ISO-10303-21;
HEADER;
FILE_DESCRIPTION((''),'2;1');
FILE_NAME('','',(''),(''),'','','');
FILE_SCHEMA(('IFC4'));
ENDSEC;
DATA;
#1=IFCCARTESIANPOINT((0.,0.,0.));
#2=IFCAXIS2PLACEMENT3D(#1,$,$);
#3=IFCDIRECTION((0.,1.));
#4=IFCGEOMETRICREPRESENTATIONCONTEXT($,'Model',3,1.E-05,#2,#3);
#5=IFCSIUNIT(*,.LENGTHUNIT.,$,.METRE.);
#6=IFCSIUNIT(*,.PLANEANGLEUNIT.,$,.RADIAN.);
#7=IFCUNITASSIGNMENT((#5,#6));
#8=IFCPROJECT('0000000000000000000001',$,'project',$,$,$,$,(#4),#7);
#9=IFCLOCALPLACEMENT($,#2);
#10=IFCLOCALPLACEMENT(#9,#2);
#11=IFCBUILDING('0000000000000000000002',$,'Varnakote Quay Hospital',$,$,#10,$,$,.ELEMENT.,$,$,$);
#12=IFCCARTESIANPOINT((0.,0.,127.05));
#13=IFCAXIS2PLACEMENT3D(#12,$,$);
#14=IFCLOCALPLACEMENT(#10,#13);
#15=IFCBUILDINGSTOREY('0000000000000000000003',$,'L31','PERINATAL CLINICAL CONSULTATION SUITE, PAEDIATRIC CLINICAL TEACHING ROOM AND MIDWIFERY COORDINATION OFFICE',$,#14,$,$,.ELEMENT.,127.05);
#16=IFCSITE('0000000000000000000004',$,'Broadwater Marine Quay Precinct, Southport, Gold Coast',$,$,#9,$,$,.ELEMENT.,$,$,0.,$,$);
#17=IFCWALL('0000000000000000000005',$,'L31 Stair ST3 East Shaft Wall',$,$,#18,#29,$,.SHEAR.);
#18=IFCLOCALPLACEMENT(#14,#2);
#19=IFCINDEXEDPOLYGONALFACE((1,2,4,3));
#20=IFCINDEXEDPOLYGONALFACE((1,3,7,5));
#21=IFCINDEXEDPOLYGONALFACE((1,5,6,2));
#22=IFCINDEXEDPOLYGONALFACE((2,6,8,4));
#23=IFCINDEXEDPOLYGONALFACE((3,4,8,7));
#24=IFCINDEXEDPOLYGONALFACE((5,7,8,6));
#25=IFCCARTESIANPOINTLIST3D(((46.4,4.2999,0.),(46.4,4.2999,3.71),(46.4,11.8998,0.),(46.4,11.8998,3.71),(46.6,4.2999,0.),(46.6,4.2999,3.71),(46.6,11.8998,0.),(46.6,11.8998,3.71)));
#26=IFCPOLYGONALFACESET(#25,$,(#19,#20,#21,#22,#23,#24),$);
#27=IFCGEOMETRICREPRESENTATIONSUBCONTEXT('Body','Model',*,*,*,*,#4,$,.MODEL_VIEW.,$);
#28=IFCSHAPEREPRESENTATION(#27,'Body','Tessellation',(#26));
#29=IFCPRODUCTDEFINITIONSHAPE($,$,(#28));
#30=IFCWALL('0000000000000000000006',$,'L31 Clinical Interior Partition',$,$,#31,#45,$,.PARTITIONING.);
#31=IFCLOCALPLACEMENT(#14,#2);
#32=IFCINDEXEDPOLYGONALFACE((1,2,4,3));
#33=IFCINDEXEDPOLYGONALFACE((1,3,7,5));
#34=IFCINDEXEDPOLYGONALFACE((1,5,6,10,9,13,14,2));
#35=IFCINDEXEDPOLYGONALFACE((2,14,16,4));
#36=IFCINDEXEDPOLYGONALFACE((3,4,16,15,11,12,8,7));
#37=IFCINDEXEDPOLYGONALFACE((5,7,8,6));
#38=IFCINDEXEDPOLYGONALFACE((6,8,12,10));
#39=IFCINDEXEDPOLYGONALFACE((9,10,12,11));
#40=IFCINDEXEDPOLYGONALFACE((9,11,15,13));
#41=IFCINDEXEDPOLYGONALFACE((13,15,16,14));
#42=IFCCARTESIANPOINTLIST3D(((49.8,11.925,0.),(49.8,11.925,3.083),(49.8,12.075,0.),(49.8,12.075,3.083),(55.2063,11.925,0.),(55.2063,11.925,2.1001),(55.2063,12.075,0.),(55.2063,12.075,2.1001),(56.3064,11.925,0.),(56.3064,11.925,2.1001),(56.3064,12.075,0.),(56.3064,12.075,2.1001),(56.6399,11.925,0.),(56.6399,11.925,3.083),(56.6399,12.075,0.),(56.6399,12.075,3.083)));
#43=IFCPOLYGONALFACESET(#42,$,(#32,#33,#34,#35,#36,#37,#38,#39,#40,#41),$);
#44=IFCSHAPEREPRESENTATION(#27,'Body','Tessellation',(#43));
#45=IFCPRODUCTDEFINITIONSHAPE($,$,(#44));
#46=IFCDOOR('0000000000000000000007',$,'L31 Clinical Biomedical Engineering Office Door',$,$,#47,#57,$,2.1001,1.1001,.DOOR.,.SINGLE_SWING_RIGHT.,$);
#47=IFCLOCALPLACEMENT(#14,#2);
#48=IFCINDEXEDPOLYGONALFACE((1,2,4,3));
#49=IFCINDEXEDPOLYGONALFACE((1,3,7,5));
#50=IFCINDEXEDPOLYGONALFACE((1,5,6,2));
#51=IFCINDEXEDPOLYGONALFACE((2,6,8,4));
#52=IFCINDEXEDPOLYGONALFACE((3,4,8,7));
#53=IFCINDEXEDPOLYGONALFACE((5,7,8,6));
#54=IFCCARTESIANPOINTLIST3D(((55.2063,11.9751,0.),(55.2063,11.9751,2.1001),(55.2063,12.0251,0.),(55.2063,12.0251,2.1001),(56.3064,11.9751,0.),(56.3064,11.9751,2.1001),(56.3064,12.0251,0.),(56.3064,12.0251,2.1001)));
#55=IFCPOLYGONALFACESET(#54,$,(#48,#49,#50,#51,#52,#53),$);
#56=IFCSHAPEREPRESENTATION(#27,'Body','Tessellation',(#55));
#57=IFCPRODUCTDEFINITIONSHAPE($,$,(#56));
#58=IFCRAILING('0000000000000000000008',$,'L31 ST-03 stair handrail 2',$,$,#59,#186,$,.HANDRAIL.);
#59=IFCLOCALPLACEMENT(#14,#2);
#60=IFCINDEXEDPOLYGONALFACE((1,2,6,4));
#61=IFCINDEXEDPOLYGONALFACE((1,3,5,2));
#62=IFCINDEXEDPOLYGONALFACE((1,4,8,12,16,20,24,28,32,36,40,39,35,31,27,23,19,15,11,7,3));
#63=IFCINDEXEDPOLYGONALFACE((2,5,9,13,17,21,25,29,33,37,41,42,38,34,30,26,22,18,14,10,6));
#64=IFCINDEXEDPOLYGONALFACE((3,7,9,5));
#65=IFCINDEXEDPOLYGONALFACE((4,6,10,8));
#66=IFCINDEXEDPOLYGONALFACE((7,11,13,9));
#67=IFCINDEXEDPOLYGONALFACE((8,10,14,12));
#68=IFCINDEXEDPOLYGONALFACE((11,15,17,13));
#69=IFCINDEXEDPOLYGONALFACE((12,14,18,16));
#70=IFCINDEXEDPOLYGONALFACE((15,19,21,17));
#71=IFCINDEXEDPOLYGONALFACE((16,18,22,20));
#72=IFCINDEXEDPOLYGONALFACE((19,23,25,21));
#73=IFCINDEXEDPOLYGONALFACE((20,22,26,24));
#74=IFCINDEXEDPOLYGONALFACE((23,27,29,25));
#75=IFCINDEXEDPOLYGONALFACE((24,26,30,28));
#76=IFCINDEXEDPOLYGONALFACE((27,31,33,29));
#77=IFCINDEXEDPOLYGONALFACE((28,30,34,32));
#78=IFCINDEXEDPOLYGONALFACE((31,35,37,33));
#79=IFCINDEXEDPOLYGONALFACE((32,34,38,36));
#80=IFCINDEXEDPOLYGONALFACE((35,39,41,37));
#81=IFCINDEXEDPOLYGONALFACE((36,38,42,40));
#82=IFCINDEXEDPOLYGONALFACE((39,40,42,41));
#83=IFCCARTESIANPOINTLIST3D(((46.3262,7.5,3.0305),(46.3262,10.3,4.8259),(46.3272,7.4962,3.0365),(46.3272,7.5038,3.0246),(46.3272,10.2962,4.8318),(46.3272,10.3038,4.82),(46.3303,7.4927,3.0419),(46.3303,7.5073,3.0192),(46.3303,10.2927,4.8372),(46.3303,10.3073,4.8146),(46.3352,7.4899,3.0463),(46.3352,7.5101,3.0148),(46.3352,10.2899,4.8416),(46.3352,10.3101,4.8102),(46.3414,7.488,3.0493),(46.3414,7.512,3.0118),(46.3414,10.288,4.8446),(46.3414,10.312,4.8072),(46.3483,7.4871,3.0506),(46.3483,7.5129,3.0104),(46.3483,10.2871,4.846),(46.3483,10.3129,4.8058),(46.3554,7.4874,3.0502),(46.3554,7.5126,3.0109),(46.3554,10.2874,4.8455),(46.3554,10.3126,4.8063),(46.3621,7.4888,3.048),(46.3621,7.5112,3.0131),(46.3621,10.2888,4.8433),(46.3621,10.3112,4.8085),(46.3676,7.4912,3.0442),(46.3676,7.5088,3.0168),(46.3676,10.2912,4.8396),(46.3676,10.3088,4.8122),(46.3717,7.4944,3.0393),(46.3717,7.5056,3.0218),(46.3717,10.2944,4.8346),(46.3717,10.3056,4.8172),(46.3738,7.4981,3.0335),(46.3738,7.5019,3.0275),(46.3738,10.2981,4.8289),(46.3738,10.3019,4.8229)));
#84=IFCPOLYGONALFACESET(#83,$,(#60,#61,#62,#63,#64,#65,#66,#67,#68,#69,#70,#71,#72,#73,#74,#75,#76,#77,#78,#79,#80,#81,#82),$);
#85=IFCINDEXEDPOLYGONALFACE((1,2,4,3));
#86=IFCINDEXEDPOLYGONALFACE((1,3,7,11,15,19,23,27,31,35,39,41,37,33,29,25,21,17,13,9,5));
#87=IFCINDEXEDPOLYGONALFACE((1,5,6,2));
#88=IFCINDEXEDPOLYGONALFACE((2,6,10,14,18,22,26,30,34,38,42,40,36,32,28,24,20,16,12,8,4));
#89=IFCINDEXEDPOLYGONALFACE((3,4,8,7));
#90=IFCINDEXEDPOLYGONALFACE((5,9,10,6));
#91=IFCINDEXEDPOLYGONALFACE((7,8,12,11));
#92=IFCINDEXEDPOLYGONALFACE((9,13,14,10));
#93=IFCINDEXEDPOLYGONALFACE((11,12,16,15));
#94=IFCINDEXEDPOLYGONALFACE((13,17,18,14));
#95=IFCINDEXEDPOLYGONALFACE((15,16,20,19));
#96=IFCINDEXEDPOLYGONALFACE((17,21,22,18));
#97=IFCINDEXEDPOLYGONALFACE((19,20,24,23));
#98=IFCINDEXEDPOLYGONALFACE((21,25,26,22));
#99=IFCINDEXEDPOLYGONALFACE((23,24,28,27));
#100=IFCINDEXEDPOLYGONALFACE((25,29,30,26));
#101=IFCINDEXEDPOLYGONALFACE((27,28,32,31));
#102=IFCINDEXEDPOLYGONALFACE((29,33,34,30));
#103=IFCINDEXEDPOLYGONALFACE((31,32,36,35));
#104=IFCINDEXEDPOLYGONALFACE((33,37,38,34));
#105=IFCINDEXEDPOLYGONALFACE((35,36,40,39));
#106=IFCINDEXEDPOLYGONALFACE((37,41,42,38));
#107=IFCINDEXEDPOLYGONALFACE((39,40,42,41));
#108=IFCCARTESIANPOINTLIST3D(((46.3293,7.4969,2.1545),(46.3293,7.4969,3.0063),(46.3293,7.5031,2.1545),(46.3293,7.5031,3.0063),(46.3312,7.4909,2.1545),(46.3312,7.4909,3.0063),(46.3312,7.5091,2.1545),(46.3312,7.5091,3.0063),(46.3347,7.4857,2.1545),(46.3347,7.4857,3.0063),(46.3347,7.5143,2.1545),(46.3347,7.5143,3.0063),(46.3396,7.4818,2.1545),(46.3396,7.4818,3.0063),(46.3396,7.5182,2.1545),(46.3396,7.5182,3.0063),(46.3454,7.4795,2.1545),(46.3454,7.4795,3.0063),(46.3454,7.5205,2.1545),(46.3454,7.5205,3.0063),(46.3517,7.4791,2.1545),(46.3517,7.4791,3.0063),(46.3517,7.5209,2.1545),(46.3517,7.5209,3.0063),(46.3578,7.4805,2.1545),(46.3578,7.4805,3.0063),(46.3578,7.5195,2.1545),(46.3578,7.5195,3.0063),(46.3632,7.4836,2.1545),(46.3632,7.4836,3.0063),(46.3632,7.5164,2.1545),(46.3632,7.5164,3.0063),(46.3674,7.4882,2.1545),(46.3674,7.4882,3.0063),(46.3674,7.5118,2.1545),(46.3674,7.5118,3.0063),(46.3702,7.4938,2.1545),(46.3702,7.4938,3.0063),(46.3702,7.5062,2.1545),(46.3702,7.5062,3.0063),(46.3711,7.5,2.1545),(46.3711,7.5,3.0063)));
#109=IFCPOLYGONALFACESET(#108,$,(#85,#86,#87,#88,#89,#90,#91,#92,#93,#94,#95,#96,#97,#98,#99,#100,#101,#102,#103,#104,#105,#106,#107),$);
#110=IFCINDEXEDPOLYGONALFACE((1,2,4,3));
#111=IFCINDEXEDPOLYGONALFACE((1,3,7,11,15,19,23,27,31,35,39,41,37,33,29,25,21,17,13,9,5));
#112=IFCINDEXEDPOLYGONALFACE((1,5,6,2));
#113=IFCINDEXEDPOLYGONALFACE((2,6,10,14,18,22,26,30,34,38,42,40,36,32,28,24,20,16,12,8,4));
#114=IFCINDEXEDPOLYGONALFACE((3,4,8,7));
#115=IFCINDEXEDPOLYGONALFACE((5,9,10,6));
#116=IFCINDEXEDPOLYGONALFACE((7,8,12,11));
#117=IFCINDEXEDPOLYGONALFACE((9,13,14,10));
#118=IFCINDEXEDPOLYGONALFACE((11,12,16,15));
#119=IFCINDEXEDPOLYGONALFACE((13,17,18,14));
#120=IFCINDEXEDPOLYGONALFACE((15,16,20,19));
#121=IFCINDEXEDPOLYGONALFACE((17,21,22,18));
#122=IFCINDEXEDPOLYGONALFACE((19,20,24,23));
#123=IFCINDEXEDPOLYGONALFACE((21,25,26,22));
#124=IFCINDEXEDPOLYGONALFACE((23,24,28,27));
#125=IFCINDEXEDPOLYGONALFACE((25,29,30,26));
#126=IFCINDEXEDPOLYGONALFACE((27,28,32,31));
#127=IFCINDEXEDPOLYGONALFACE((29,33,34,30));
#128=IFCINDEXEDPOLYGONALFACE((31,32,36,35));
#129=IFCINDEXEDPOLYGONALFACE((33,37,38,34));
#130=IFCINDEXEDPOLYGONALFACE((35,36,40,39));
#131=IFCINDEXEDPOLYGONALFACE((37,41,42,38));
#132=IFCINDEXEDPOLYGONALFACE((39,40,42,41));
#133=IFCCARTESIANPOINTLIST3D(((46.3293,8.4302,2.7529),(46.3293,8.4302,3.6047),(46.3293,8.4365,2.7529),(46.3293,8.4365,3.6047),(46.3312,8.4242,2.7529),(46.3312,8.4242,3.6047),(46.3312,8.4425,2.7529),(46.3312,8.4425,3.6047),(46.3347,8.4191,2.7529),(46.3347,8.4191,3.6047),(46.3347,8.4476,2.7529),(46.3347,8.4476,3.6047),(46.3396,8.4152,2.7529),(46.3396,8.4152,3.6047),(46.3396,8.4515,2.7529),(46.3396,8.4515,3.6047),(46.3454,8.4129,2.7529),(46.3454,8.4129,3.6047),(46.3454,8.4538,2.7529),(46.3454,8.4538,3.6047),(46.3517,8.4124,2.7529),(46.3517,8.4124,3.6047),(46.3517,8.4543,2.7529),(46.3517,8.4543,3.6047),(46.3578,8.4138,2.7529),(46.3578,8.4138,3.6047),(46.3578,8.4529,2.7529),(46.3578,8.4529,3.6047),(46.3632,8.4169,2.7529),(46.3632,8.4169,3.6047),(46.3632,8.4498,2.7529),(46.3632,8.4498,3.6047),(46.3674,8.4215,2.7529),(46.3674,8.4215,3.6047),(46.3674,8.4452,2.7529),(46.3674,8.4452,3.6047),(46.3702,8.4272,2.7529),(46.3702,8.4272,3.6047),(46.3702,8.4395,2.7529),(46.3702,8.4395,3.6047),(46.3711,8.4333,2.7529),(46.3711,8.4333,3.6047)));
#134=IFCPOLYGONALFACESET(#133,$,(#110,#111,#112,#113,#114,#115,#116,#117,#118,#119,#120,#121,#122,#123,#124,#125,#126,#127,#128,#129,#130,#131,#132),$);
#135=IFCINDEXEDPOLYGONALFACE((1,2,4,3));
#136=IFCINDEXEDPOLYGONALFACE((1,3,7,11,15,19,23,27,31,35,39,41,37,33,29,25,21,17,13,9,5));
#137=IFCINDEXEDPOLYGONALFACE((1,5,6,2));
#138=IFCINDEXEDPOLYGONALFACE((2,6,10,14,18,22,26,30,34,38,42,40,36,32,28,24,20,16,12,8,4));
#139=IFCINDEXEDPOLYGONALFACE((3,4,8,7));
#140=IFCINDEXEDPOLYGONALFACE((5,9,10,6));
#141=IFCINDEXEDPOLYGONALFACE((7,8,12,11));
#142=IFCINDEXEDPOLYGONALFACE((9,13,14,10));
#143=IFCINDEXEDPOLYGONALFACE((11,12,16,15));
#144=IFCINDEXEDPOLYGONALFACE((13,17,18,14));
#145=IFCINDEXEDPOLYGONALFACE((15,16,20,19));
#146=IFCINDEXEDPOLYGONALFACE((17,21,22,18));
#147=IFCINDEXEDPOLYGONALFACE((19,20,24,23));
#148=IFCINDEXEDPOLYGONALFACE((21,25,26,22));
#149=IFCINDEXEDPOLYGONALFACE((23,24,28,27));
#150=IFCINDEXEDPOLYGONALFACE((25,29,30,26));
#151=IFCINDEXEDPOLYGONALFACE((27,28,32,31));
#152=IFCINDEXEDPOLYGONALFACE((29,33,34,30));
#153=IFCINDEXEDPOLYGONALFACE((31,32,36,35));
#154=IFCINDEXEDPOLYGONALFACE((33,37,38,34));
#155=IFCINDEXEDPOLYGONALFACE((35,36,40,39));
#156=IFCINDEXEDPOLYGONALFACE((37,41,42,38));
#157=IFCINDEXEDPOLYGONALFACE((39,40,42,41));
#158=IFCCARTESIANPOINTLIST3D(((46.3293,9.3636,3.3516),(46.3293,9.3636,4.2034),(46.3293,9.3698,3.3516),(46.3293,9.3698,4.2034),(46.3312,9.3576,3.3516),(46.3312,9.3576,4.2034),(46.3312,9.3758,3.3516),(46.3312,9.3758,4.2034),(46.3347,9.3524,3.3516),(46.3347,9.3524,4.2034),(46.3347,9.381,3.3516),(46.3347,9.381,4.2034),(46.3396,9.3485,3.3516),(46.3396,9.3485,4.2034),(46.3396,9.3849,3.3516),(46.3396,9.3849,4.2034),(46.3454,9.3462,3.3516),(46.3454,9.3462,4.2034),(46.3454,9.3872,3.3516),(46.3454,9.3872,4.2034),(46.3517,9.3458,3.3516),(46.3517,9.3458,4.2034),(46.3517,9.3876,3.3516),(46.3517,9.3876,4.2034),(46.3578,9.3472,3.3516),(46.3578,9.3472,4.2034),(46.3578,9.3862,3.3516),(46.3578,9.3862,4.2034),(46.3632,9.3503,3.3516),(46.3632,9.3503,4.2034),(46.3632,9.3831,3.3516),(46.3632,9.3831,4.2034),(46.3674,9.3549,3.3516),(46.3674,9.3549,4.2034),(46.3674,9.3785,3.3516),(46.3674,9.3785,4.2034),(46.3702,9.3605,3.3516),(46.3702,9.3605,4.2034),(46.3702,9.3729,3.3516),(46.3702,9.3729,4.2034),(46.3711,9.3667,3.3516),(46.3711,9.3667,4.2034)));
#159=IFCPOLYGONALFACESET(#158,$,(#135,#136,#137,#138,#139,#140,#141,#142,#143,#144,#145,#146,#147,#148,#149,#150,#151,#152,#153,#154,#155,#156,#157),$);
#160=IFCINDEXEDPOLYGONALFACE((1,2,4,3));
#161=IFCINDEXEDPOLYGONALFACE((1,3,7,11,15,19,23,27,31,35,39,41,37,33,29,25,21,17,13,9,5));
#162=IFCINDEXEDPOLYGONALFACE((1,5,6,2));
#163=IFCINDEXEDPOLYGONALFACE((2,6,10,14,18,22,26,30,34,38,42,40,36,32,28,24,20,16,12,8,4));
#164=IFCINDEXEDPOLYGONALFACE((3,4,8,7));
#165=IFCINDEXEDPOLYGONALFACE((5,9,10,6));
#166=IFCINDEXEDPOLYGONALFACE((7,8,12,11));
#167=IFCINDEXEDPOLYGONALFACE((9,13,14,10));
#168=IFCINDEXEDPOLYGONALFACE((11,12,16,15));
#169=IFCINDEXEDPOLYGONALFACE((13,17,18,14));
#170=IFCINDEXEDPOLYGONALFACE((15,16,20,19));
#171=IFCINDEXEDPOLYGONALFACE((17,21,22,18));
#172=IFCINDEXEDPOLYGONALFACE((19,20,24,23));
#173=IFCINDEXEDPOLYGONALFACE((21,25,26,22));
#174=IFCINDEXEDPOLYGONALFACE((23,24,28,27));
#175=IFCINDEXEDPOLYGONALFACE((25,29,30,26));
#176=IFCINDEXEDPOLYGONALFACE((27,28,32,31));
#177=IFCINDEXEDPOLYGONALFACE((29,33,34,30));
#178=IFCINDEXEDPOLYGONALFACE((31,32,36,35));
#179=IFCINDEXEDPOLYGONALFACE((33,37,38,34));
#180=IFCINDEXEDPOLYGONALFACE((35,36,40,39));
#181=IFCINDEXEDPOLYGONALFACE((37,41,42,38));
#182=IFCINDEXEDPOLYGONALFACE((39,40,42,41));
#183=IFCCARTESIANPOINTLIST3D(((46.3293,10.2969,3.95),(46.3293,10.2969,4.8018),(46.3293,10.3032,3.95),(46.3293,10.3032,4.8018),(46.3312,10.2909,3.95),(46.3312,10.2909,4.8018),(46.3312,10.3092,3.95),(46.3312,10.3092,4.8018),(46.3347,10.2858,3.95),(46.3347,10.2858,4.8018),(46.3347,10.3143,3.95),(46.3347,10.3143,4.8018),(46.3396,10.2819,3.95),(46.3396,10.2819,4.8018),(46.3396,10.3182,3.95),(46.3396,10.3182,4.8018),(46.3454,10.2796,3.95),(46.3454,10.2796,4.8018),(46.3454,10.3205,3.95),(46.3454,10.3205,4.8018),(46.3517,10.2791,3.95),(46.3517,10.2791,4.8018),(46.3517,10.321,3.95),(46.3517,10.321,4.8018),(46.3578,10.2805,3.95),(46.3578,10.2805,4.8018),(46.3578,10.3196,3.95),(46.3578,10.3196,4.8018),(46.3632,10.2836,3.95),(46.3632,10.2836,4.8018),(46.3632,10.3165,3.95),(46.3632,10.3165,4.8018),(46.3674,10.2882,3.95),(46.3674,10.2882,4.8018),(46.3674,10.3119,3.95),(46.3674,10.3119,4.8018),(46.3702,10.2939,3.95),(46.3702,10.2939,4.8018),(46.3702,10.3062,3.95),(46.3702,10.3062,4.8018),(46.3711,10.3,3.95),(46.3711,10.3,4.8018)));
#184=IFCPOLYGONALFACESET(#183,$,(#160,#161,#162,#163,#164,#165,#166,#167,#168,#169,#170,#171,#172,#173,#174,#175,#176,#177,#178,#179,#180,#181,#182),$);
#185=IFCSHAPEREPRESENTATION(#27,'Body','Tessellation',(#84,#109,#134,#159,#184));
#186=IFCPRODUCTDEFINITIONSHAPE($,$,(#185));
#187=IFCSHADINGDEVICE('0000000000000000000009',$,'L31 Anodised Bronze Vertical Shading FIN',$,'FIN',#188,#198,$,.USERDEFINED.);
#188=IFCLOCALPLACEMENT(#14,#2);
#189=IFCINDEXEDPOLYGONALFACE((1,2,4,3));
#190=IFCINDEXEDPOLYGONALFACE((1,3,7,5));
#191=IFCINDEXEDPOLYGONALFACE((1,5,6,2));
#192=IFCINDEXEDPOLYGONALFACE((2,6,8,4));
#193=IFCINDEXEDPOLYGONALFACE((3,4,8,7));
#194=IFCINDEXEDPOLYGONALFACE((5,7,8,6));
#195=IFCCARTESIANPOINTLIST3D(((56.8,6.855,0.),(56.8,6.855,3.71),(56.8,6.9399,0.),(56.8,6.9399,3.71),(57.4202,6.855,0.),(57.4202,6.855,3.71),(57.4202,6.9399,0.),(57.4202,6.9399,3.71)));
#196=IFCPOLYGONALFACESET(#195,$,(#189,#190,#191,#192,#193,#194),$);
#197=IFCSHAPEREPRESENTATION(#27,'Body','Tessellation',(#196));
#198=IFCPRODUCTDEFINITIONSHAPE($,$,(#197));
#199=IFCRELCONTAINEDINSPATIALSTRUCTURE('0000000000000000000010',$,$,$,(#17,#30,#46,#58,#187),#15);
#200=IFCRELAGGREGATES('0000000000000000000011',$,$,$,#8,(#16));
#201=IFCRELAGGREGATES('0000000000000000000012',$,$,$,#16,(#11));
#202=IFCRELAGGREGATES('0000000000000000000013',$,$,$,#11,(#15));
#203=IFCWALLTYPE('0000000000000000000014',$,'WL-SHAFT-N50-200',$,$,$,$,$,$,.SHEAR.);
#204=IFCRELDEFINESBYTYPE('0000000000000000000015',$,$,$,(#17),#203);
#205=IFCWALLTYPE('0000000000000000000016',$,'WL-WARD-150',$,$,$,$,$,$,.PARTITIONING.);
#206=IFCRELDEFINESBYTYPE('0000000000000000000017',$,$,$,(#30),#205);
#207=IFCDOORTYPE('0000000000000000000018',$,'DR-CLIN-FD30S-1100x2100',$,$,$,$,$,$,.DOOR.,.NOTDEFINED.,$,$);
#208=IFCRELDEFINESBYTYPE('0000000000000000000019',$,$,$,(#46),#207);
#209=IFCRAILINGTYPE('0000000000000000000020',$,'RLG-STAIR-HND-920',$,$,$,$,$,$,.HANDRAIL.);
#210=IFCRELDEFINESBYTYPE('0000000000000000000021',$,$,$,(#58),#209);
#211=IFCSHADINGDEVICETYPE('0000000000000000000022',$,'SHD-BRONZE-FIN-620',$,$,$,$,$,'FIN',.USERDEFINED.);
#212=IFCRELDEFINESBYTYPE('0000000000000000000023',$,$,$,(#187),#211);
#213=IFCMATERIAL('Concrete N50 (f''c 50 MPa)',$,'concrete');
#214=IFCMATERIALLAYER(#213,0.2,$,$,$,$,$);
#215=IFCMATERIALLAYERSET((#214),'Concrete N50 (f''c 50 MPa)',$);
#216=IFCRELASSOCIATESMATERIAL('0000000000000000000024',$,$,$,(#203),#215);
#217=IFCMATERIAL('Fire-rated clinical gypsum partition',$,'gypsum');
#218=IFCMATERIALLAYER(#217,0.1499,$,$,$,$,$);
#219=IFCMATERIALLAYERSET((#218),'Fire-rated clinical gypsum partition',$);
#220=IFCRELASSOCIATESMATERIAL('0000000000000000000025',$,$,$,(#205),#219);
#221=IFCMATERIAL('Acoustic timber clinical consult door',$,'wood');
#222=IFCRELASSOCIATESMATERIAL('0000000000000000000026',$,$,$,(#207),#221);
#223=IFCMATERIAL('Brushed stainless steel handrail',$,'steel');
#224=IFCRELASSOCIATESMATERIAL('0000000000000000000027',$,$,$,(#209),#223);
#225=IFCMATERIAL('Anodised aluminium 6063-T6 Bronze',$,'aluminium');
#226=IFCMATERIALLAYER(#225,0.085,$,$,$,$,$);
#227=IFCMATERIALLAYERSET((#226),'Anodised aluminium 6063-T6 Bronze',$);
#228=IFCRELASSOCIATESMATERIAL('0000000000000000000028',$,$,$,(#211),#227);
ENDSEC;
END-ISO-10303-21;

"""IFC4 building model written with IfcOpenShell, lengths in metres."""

from ifc_helpers import new_model, si_unit, direction, frame, frame_2d, origin, origin_2d, place, context, subcontext, project, spatial, rectangle, circle, extrude, material, layer, layer_set, type_object, element, fill, save


model = new_model("IFC4")

# Units and contexts
model_context = context("Model", 3, precision=1e-05, world=origin(), true_north=direction((0.0, 1.0)))
body_context = subcontext(model_context, "Body", "Model", "MODEL_VIEW")
ifc_project = project(units=[si_unit("LENGTHUNIT", "METRE"), si_unit("PLANEANGLEUNIT", "RADIAN")], contexts=[model_context])

# Site, building, storey
site_placement = place(None, origin())
site = spatial("IfcSite", under=ifc_project, at=site_placement, Name="Broadwater Marine Quay Precinct, Southport, Gold Coast", CompositionType="ELEMENT", RefElevation=0.0)
building_placement = place(site_placement, origin())
building = spatial("IfcBuilding", under=site, at=building_placement, Name="Varnakote Quay Hospital", CompositionType="ELEMENT")
storey_placement = place(building_placement, frame((0.0, 0.0, 127.05)))
storey = spatial("IfcBuildingStorey", under=building, at=storey_placement, Name="L31", Description="PERINATAL CLINICAL CONSULTATION SUITE, PAEDIATRIC CLINICAL TEACHING ROOM AND MIDWIFERY COORDINATION OFFICE", CompositionType="ELEMENT", Elevation=127.05)

# Wall
ifc_material_1 = material(Name="Concrete N50 (f'c 50 MPa)", Category="concrete")
ifc_layer_1 = layer(ifc_material_1, 0.2)
ifc_layer_set_1 = layer_set([ifc_layer_1], Name="Concrete N50 (f'c 50 MPa)")
wall_type_1 = type_object("IfcWallType", Name="WL-SHAFT-N50-200", PredefinedType="SHEAR", material=ifc_layer_set_1)
wall_1_placement = place(storey_placement, frame((46.5, 4.3, 0.0), z_axis=(0.0, 0.0, 1.0), x_axis=(0.0, 1.0, 0.0)))
element("IfcWall", 1, at=wall_1_placement, inside=storey, type_object=wall_type_1, Name="L31 Stair ST3 East Shaft Wall", PredefinedType="SHEAR", context=body_context, shape_type="SweptSolid", body=[
    extrude(rectangle(XDim=7.5999, YDim=0.2, at=frame_2d((3.7998, 0.0))), origin(), (0.0, 0.0, 1.0), 3.71),
])

# Wall, opening, door
ifc_material_2 = material(Name="Fire-rated clinical gypsum partition", Category="gypsum")
ifc_layer_2 = layer(ifc_material_2, 0.1499)
ifc_layer_set_2 = layer_set([ifc_layer_2], Name="Fire-rated clinical gypsum partition")
wall_type_2 = type_object("IfcWallType", Name="WL-WARD-150", PredefinedType="PARTITIONING", material=ifc_layer_set_2)
wall_2_placement = place(storey_placement, frame((56.6399, 12.0, 0.0), z_axis=(0.0, 0.0, 1.0), x_axis=(-1.0, 0.0, 0.0)))
wall_2 = element("IfcWall", 2, at=wall_2_placement, inside=storey, type_object=wall_type_2, Name="L31 Clinical Interior Partition", PredefinedType="PARTITIONING", context=body_context, shape_type="SweptSolid", body=[
    extrude(rectangle(XDim=6.8398, YDim=0.1499, at=frame_2d((3.4199, 0.0))), origin(), (0.0, 0.0, 1.0), 3.083),
])
opening_placement = place(wall_2_placement, frame((0.3335, 0.0, 0.0)))
opening = element("IfcOpeningElement", 3, at=opening_placement, cuts=wall_2, PredefinedType="OPENING", context=body_context, shape_type="SweptSolid", body=[
    extrude(rectangle(XDim=1.1001, YDim=2.1001, at=frame_2d((0.55, 1.05))), frame((0.0, 0.085, 0.0), z_axis=(0.0, -1.0, 0.0), x_axis=(1.0, 0.0, 0.0)), (0.0, 0.0, 1.0), 0.1699),
])
ifc_material_3 = material(Name="Acoustic timber clinical consult door", Category="wood")
door_type = type_object("IfcDoorType", Name="DR-CLIN-FD30S-1100x2100", OperationType="NOTDEFINED", PredefinedType="DOOR", material=ifc_material_3)
door_placement = place(opening_placement, origin())
door = element("IfcDoor", 4, at=door_placement, inside=storey, type_object=door_type, Name="L31 Clinical Biomedical Engineering Office Door", OperationType="SINGLE_SWING_RIGHT", OverallHeight=2.1001, OverallWidth=1.1001, PredefinedType="DOOR", context=body_context, shape_type="SweptSolid", body=[
    extrude(rectangle(XDim=1.1001, YDim=2.1001, at=frame_2d((0.55, 1.05))), frame((0.0, 0.0249, 0.0), z_axis=(0.0, -1.0, 0.0), x_axis=(1.0, 0.0, 0.0)), (0.0, 0.0, 1.0), 0.05),
])
fill(opening, door)

# Railing
ifc_material_4 = material(Name="Brushed stainless steel handrail", Category="steel")
railing_type = type_object("IfcRailingType", Name="RLG-STAIR-HND-920", PredefinedType="HANDRAIL", material=ifc_material_4)
railing_placement = place(storey_placement, frame((46.3501, 7.5, 2.1545)))
element("IfcRailing", 5, at=railing_placement, inside=storey, type_object=railing_type, Name="L31 ST-03 stair handrail 2", PredefinedType="HANDRAIL", context=body_context, shape_type="SweptSolid", body=[
    extrude(circle(Radius=0.0239, at=origin_2d()), frame((0.0, 0.0, 0.876), z_axis=(0.0, 0.84181, 0.539774), x_axis=(-1.0, 0.0, 0.0)), (0.0, 0.0, 1.0), 3.3262),
    extrude(circle(Radius=0.021, at=origin_2d()), origin(), (0.0, 0.0, 1.0), 0.8518),
    extrude(circle(Radius=0.021, at=origin_2d()), frame((0.0, 0.9333, 0.5984)), (0.0, 0.0, 1.0), 0.8518),
    extrude(circle(Radius=0.021, at=origin_2d()), frame((0.0, 1.8667, 1.197)), (0.0, 0.0, 1.0), 0.8518),
    extrude(circle(Radius=0.021, at=origin_2d()), frame((0.0, 2.8, 1.7954)), (0.0, 0.0, 1.0), 0.8518),
])

# Shading device
ifc_material_5 = material(Name="Anodised aluminium 6063-T6 Bronze", Category="aluminium")
ifc_layer_3 = layer(ifc_material_5, 0.085)
ifc_layer_set_3 = layer_set([ifc_layer_3], Name="Anodised aluminium 6063-T6 Bronze")
shading_device_type = type_object("IfcShadingDeviceType", Name="SHD-BRONZE-FIN-620", ElementType="FIN", PredefinedType="USERDEFINED", material=ifc_layer_set_3)
for number, where, z_axis, x_axis, name in (
    (6, (57.1101, 6.8975, 0.0), (0.0, 0.0, 1.0), (-1.0, 0.0, 0.0), "L31 Anodised Bronze Vertical Shading FIN"),
):
    element("IfcShadingDevice", number, at=place(storey_placement, frame(where, z_axis=z_axis, x_axis=x_axis)), inside=storey, type_object=shading_device_type, Name=name, ObjectType="FIN", PredefinedType="USERDEFINED", context=body_context, shape_type="SweptSolid", body=[
        extrude(rectangle(XDim=0.6201, YDim=0.085, at=origin_2d()), origin(), (0.0, 0.0, 1.0), 3.71),
    ])

save(model, "model.ifc")
